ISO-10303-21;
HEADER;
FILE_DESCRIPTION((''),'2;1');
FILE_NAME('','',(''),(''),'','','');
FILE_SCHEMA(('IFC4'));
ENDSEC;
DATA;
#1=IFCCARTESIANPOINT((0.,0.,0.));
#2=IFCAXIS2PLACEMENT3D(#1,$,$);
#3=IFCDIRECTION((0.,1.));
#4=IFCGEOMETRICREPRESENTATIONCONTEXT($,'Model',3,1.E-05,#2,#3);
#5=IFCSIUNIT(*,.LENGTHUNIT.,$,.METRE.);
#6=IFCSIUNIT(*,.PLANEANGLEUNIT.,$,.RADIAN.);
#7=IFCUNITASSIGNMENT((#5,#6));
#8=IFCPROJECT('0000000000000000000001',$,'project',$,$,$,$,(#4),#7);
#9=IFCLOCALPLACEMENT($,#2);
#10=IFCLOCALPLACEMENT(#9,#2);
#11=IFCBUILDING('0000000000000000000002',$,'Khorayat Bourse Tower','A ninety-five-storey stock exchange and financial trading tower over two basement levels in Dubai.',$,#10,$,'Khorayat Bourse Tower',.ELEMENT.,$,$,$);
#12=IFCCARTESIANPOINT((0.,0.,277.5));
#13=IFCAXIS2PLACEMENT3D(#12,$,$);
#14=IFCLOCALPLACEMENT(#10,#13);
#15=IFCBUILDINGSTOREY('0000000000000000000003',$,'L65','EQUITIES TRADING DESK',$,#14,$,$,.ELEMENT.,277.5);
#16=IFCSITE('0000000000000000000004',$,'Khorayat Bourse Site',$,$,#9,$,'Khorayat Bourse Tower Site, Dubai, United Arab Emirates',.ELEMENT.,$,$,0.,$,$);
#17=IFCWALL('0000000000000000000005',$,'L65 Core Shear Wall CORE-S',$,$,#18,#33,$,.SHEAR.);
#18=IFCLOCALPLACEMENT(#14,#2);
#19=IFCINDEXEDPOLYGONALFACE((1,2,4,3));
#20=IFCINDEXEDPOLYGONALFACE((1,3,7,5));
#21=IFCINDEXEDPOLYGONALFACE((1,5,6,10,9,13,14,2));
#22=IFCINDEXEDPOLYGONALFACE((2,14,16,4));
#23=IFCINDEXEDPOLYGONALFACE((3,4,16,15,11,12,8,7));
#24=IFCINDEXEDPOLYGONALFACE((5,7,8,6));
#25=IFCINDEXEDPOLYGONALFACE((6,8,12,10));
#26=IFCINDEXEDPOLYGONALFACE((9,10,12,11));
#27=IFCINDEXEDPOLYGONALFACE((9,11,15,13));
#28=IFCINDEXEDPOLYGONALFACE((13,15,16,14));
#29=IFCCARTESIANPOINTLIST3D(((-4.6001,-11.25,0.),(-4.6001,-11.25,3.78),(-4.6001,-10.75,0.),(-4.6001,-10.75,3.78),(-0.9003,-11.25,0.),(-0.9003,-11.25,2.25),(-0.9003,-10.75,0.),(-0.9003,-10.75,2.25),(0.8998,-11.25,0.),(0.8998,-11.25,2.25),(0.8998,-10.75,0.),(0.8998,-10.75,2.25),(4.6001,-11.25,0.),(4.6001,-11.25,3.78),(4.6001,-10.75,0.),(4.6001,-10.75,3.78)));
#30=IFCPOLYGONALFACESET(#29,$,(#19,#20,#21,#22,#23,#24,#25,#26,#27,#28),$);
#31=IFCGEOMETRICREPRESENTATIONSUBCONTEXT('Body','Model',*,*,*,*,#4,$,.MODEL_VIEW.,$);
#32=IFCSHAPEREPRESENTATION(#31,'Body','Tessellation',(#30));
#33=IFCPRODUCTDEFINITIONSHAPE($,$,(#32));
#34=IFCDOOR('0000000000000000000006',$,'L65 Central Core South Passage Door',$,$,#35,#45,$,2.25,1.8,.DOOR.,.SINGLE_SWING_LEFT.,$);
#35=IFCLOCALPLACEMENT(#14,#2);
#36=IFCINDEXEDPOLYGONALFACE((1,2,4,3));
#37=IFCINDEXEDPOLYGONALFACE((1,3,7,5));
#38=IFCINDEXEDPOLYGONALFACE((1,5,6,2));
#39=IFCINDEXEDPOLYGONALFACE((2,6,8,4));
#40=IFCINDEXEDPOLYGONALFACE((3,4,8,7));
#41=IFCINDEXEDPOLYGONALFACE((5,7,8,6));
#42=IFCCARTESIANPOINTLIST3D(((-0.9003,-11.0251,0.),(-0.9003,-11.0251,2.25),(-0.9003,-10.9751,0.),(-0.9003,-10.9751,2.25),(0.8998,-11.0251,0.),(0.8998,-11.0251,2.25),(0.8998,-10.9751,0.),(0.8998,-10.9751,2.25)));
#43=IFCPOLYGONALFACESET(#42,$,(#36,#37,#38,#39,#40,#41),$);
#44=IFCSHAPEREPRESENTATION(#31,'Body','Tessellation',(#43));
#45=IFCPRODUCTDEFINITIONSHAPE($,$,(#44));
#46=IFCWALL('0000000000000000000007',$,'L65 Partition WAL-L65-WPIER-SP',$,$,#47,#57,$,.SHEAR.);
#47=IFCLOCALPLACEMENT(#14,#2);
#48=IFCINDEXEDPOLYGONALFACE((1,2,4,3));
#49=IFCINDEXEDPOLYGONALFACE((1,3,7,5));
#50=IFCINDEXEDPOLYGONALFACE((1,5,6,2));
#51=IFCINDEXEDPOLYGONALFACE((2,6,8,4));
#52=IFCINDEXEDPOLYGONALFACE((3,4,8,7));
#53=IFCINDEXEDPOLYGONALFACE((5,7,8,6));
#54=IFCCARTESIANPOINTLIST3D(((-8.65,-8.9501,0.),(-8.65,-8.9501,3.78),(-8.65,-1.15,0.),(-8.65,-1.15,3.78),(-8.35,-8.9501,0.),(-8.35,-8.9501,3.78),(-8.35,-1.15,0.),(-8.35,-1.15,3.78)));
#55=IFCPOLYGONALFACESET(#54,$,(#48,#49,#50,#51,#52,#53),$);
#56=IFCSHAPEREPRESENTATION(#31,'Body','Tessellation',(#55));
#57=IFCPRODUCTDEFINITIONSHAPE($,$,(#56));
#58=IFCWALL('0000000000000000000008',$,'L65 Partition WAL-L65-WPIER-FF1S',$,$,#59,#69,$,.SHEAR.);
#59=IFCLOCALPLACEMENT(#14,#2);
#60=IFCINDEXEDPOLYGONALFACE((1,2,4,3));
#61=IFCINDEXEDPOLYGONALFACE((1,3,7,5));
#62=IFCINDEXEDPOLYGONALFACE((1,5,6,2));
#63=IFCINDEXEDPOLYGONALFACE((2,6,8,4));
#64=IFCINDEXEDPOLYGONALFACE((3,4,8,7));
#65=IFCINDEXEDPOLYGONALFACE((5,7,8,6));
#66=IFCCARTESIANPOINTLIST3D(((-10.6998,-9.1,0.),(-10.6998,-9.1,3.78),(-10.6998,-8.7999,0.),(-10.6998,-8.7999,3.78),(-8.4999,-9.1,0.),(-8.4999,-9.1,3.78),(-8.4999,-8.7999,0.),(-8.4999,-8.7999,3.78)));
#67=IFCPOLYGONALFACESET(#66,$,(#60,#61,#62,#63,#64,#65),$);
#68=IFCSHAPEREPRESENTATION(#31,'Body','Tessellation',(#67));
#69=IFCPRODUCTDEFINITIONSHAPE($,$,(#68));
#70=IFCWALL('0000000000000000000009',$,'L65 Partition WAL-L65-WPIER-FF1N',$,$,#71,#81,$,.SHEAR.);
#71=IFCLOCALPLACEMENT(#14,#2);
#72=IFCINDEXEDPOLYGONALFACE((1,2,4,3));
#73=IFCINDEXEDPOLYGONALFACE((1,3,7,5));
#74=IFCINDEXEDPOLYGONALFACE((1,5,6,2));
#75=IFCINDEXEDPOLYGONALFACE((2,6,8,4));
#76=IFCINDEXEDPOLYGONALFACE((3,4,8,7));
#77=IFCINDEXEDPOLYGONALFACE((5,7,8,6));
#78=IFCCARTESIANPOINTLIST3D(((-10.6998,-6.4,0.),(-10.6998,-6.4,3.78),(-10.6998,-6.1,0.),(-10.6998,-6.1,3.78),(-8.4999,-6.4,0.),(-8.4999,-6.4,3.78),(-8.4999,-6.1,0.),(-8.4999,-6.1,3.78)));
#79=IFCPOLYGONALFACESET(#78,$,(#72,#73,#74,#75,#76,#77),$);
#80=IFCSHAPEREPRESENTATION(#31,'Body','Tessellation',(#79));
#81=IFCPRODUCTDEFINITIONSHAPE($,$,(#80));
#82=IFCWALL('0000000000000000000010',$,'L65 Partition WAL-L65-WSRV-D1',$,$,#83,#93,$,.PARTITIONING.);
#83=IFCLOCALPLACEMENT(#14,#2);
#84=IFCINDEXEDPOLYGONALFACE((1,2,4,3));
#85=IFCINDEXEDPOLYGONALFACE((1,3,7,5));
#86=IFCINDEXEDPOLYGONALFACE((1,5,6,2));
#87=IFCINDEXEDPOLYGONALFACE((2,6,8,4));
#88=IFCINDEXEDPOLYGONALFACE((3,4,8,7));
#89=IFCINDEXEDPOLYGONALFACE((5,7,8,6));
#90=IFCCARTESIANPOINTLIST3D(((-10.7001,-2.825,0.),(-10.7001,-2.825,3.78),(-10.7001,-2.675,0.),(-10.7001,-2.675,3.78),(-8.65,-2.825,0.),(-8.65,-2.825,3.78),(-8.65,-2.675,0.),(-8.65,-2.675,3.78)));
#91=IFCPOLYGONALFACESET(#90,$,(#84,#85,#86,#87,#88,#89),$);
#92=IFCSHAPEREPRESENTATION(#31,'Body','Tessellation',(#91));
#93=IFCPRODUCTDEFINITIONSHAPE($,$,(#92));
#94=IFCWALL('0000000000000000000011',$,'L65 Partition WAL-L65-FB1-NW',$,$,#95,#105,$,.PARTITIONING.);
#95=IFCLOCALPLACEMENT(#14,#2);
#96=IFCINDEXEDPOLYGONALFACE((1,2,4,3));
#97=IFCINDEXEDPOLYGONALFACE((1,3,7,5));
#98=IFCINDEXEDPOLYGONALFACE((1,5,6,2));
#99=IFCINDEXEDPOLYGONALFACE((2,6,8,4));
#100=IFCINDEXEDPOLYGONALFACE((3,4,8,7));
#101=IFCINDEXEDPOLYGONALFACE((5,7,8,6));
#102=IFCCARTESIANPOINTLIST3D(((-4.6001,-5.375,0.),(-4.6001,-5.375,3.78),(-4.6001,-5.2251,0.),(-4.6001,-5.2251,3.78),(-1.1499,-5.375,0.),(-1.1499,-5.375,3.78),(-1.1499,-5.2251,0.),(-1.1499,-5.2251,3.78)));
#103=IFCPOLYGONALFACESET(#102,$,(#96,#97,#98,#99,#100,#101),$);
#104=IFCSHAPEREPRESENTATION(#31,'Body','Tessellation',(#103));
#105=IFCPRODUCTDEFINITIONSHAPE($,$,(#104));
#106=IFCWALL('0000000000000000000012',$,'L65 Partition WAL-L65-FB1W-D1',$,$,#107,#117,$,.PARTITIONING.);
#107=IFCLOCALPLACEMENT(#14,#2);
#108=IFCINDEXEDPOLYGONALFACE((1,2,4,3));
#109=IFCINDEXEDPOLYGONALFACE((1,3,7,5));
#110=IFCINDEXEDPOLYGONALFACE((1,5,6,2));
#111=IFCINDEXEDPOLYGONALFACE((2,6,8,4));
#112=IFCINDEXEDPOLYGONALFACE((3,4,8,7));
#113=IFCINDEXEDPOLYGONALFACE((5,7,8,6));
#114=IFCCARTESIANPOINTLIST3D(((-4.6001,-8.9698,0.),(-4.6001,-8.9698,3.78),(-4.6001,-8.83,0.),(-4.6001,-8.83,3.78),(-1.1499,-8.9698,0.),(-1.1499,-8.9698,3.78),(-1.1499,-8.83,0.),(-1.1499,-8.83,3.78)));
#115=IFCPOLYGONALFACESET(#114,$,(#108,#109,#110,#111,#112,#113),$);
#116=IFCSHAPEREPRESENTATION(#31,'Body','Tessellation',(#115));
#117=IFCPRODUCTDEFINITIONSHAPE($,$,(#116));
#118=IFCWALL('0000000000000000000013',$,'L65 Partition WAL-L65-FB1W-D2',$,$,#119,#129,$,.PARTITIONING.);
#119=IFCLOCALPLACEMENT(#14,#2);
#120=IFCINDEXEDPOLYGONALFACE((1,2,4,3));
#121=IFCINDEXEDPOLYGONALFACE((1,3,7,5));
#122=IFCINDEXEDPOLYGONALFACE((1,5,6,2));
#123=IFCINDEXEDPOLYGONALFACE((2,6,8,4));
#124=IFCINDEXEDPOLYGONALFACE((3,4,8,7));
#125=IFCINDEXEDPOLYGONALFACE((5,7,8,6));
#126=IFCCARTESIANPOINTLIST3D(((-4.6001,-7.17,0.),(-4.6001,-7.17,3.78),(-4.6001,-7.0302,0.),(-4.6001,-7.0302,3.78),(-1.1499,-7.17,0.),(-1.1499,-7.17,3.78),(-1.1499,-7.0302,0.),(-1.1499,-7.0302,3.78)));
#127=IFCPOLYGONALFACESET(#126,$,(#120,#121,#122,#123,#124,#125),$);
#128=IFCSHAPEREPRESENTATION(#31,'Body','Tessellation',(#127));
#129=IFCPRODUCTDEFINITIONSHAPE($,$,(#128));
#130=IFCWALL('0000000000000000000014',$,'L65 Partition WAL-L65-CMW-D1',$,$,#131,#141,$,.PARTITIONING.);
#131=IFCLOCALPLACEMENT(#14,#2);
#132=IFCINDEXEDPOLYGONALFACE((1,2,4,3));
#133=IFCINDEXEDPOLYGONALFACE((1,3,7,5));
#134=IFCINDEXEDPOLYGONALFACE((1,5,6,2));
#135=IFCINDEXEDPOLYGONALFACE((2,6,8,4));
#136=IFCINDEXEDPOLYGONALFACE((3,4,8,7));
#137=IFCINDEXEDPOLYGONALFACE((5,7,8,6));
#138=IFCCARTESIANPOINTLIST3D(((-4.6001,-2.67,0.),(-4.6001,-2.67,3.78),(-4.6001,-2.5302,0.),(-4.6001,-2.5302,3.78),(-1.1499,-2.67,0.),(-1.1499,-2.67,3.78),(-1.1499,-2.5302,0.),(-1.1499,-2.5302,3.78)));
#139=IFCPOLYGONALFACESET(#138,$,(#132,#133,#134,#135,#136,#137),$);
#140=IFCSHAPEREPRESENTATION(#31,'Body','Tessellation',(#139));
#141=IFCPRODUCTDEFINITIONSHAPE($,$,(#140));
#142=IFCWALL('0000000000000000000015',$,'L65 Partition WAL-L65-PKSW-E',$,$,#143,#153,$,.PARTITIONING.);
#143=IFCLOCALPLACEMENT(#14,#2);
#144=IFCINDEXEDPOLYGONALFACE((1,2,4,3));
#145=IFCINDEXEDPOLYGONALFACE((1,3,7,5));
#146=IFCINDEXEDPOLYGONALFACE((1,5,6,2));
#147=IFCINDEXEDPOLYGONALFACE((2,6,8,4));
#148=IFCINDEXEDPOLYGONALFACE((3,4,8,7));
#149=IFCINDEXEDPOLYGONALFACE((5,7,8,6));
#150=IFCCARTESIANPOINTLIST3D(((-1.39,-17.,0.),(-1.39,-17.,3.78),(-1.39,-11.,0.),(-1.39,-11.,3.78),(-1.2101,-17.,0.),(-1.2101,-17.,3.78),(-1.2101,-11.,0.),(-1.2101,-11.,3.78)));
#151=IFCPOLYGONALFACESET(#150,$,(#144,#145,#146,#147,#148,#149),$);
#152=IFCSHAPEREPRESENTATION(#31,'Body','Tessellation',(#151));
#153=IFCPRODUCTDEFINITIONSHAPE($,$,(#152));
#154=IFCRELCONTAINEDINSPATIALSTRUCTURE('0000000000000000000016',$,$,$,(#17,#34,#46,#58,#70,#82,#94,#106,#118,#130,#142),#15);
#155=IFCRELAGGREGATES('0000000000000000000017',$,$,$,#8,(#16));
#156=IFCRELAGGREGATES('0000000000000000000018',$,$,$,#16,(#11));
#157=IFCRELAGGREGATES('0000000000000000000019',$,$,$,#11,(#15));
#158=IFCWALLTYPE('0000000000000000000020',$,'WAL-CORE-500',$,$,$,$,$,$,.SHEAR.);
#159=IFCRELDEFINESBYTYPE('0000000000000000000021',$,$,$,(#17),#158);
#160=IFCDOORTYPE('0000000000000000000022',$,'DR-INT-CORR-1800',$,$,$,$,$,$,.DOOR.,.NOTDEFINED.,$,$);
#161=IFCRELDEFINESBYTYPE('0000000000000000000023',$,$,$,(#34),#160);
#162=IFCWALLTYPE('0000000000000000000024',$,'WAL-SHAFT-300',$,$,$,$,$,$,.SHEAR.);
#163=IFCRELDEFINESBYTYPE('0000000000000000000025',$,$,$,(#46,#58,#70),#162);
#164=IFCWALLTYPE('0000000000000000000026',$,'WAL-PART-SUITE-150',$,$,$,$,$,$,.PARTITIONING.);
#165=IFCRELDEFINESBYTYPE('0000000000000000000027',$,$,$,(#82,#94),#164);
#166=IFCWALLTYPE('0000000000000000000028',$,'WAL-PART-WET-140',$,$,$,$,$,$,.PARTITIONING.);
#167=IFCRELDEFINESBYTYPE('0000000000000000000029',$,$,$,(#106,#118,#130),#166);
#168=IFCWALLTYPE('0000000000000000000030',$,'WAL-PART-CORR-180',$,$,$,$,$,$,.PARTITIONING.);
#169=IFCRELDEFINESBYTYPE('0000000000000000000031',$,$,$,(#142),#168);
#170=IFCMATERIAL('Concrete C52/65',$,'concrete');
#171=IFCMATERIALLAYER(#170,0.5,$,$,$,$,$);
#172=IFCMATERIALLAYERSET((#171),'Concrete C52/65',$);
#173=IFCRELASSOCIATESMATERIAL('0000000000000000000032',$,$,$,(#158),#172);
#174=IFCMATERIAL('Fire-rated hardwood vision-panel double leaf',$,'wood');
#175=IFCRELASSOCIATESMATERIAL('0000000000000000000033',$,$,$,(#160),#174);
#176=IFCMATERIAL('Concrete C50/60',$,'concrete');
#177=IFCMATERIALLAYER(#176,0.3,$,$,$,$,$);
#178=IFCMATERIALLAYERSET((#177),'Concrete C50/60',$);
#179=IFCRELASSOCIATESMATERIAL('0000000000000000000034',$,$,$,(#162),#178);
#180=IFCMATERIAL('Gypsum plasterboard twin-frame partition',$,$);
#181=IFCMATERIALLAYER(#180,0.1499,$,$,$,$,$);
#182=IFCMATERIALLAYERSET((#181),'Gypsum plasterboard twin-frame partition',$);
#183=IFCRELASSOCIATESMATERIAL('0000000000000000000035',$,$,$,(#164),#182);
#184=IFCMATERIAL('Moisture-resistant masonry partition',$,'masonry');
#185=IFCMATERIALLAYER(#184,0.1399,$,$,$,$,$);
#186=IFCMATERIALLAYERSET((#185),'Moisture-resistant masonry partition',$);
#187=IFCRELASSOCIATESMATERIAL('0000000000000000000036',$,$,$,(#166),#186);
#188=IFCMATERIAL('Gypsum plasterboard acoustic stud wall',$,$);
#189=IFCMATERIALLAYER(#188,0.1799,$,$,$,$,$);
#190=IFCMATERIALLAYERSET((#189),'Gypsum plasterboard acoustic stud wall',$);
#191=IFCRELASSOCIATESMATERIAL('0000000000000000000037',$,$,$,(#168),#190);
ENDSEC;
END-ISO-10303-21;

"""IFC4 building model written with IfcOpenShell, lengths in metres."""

from ifc_helpers import new_model, si_unit, direction, frame, frame_2d, origin, place, context, subcontext, project, spatial, rectangle, extrude, source, transform, mapped, material, layer, layer_set, type_object, element, fill, save


model = new_model("IFC4")

# Units and contexts
model_context = context("Model", 3, precision=1e-05, world=origin(), true_north=direction((0.0, 1.0)))
body_context = subcontext(model_context, "Body", "Model", "MODEL_VIEW")
ifc_project = project(units=[si_unit("LENGTHUNIT", "METRE"), si_unit("PLANEANGLEUNIT", "RADIAN")], contexts=[model_context])

# Site, building, storey
site_placement = place(None, origin())
site = spatial("IfcSite", under=ifc_project, at=site_placement, Name="Khorayat Bourse Site", LongName="Khorayat Bourse Tower Site, Dubai, United Arab Emirates", CompositionType="ELEMENT", RefElevation=0.0)
building_placement = place(site_placement, origin())
building = spatial("IfcBuilding", under=site, at=building_placement, Name="Khorayat Bourse Tower", Description="A ninety-five-storey stock exchange and financial trading tower over two basement levels in Dubai.", LongName="Khorayat Bourse Tower", CompositionType="ELEMENT")
storey_placement = place(building_placement, frame((0.0, 0.0, 277.5)))
storey = spatial("IfcBuildingStorey", under=building, at=storey_placement, Name="L65", Description="EQUITIES TRADING DESK", CompositionType="ELEMENT", Elevation=277.5)

# Shared definitions
ifc_material_1 = material(Name="Concrete C52/65", Category="concrete")

# Shared definitions
ifc_layer_1 = layer(ifc_material_1, 0.5)
ifc_layer_set_1 = layer_set([ifc_layer_1], Name="Concrete C52/65")
wall_type_1 = type_object("IfcWallType", Name="WAL-CORE-500", PredefinedType="SHEAR", material=ifc_layer_set_1)

# Wall, opening, door
shared_shape_1 = source(origin(), body_context, "Body", "SweptSolid", [
    extrude(rectangle(XDim=9.2002, YDim=0.5, at=frame_2d((4.6001, 0.0))), origin(), (0.0, 0.0, 1.0), 3.78),
])
wall_1_placement = place(storey_placement, frame((-4.6001, -11.0, 0.0), z_axis=(0.0, 0.0, 1.0), x_axis=(1.0, 0.0, 0.0)))
wall_1 = element("IfcWall", 1, at=wall_1_placement, inside=storey, type_object=wall_type_1, Name="L65 Core Shear Wall CORE-S", PredefinedType="SHEAR", context=body_context, shape_type="MappedRepresentation", body=[
    mapped(shared_shape_1, transform((0.0, 0.0, 0.0), scale=1.0)),
])
shared_shape_2 = source(origin(), body_context, "Body", "SweptSolid", [
    extrude(rectangle(XDim=1.8, YDim=2.25, at=frame_2d((0.8999, 1.125))), frame((0.0, 0.26, 0.0), z_axis=(0.0, -1.0, 0.0), x_axis=(1.0, 0.0, 0.0)), (0.0, 0.0, 1.0), 0.52),
])
opening_placement = place(wall_1_placement, frame((3.7, 0.0, 0.0)))
opening = element("IfcOpeningElement", 2, at=opening_placement, cuts=wall_1, PredefinedType="OPENING", context=body_context, shape_type="MappedRepresentation", body=[
    mapped(shared_shape_2, transform((0.0, 0.0, 0.0), scale=1.0)),
])
ifc_material_2 = material(Name="Fire-rated hardwood vision-panel double leaf", Category="wood")
door_type = type_object("IfcDoorType", Name="DR-INT-CORR-1800", OperationType="NOTDEFINED", PredefinedType="DOOR", material=ifc_material_2)
shared_shape_3 = source(origin(), body_context, "Body", "SweptSolid", [
    extrude(rectangle(XDim=1.8, YDim=2.25, at=frame_2d((0.8999, 1.125))), frame((0.0, 0.0249, 0.0), z_axis=(0.0, -1.0, 0.0), x_axis=(1.0, 0.0, 0.0)), (0.0, 0.0, 1.0), 0.05),
])
door_placement = place(opening_placement, origin())
door = element("IfcDoor", 3, at=door_placement, inside=storey, type_object=door_type, Name="L65 Central Core South Passage Door", OperationType="SINGLE_SWING_LEFT", OverallHeight=2.25, OverallWidth=1.8, PredefinedType="DOOR", context=body_context, shape_type="MappedRepresentation", body=[
    mapped(shared_shape_3, transform((0.0, 0.0, 0.0), scale=1.0)),
])
fill(opening, door)

# Walls
ifc_material_3 = material(Name="Concrete C50/60", Category="concrete")
ifc_layer_2 = layer(ifc_material_3, 0.3)
ifc_layer_set_2 = layer_set([ifc_layer_2], Name="Concrete C50/60")
wall_type_2 = type_object("IfcWallType", Name="WAL-SHAFT-300", PredefinedType="SHEAR", material=ifc_layer_set_2)
shared_shape_4 = source(origin(), body_context, "Body", "SweptSolid", [
    extrude(rectangle(XDim=7.8, YDim=0.3, at=frame_2d((3.8999, 0.0))), origin(), (0.0, 0.0, 1.0), 3.78),
])
wall_2_placement = place(storey_placement, frame((-8.5, -8.95, 0.0), z_axis=(0.0, 0.0, 1.0), x_axis=(0.0, 1.0, 0.0)))
element("IfcWall", 4, at=wall_2_placement, inside=storey, type_object=wall_type_2, Name="L65 Partition WAL-L65-WPIER-SP", PredefinedType="SHEAR", context=body_context, shape_type="MappedRepresentation", body=[
    mapped(shared_shape_4, transform((0.0, 0.0, 0.0), scale=1.0)),
])
shared_shape_5 = source(origin(), body_context, "Body", "SweptSolid", [
    extrude(rectangle(XDim=2.2, YDim=0.3, at=frame_2d((1.1001, 0.0))), origin(), (0.0, 0.0, 1.0), 3.78),
])
for number, where, z_axis, x_axis, name in (
    (5, (-10.7, -8.95, 0.0), (0.0, 0.0, 1.0), (1.0, 0.0, 0.0), "L65 Partition WAL-L65-WPIER-FF1S"),
    (6, (-10.7, -6.25, 0.0), (0.0, 0.0, 1.0), (1.0, 0.0, 0.0), "L65 Partition WAL-L65-WPIER-FF1N"),
):
    element("IfcWall", number, at=place(storey_placement, frame(where, z_axis=z_axis, x_axis=x_axis)), inside=storey, type_object=wall_type_2, Name=name, PredefinedType="SHEAR", context=body_context, shape_type="MappedRepresentation", body=[
        mapped(shared_shape_5, transform((0.0, 0.0, 0.0), scale=1.0)),
    ])
ifc_material_4 = material(Name="Gypsum plasterboard twin-frame partition")
ifc_layer_3 = layer(ifc_material_4, 0.1499)
ifc_layer_set_3 = layer_set([ifc_layer_3], Name="Gypsum plasterboard twin-frame partition")
wall_type_3 = type_object("IfcWallType", Name="WAL-PART-SUITE-150", PredefinedType="PARTITIONING", material=ifc_layer_set_3)
shared_shape_6 = source(origin(), body_context, "Body", "SweptSolid", [
    extrude(rectangle(XDim=2.05, YDim=0.1499, at=frame_2d((1.0249, 0.0))), origin(), (0.0, 0.0, 1.0), 3.78),
])
wall_3_placement = place(storey_placement, frame((-10.7, -2.75, 0.0), z_axis=(0.0, 0.0, 1.0), x_axis=(1.0, 0.0, 0.0)))
element("IfcWall", 7, at=wall_3_placement, inside=storey, type_object=wall_type_3, Name="L65 Partition WAL-L65-WSRV-D1", PredefinedType="PARTITIONING", context=body_context, shape_type="MappedRepresentation", body=[
    mapped(shared_shape_6, transform((0.0, 0.0, 0.0), scale=1.0)),
])
shared_shape_7 = source(origin(), body_context, "Body", "SweptSolid", [
    extrude(rectangle(XDim=3.4502, YDim=0.1499, at=frame_2d((1.7251, 0.0))), origin(), (0.0, 0.0, 1.0), 3.78),
])
wall_4_placement = place(storey_placement, frame((-4.6001, -5.3, 0.0), z_axis=(0.0, 0.0, 1.0), x_axis=(1.0, 0.0, 0.0)))
element("IfcWall", 8, at=wall_4_placement, inside=storey, type_object=wall_type_3, Name="L65 Partition WAL-L65-FB1-NW", PredefinedType="PARTITIONING", context=body_context, shape_type="MappedRepresentation", body=[
    mapped(shared_shape_7, transform((0.0, 0.0, 0.0), scale=1.0)),
])
ifc_material_5 = material(Name="Moisture-resistant masonry partition", Category="masonry")
ifc_layer_4 = layer(ifc_material_5, 0.1399)
ifc_layer_set_4 = layer_set([ifc_layer_4], Name="Moisture-resistant masonry partition")
wall_type_4 = type_object("IfcWallType", Name="WAL-PART-WET-140", PredefinedType="PARTITIONING", material=ifc_layer_set_4)
shared_shape_8 = source(origin(), body_context, "Body", "SweptSolid", [
    extrude(rectangle(XDim=3.4502, YDim=0.1399, at=frame_2d((1.7251, 0.0))), origin(), (0.0, 0.0, 1.0), 3.78),
])
for number, where, z_axis, x_axis, name in (
    (9, (-4.6001, -8.8999, 0.0), (0.0, 0.0, 1.0), (1.0, 0.0, 0.0), "L65 Partition WAL-L65-FB1W-D1"),
    (10, (-4.6001, -7.1001, 0.0), (0.0, 0.0, 1.0), (1.0, 0.0, 0.0), "L65 Partition WAL-L65-FB1W-D2"),
    (11, (-4.6001, -2.6001, 0.0), (0.0, 0.0, 1.0), (1.0, 0.0, 0.0), "L65 Partition WAL-L65-CMW-D1"),
):
    element("IfcWall", number, at=place(storey_placement, frame(where, z_axis=z_axis, x_axis=x_axis)), inside=storey, type_object=wall_type_4, Name=name, PredefinedType="PARTITIONING", context=body_context, shape_type="MappedRepresentation", body=[
        mapped(shared_shape_8, transform((0.0, 0.0, 0.0), scale=1.0)),
    ])
ifc_material_6 = material(Name="Gypsum plasterboard acoustic stud wall")
ifc_layer_5 = layer(ifc_material_6, 0.1799)
ifc_layer_set_5 = layer_set([ifc_layer_5], Name="Gypsum plasterboard acoustic stud wall")
wall_type_5 = type_object("IfcWallType", Name="WAL-PART-CORR-180", PredefinedType="PARTITIONING", material=ifc_layer_set_5)
shared_shape_9 = source(origin(), body_context, "Body", "SweptSolid", [
    extrude(rectangle(XDim=6.0, YDim=0.1799, at=frame_2d((3.0, 0.0))), origin(), (0.0, 0.0, 1.0), 3.78),
])
wall_5_placement = place(storey_placement, frame((-1.3, -17.0, 0.0), z_axis=(0.0, 0.0, 1.0), x_axis=(0.0, 1.0, 0.0)))
element("IfcWall", 12, at=wall_5_placement, inside=storey, type_object=wall_type_5, Name="L65 Partition WAL-L65-PKSW-E", PredefinedType="PARTITIONING", context=body_context, shape_type="MappedRepresentation", body=[
    mapped(shared_shape_9, transform((0.0, 0.0, 0.0), scale=1.0)),
])

save(model, "model.ifc")
